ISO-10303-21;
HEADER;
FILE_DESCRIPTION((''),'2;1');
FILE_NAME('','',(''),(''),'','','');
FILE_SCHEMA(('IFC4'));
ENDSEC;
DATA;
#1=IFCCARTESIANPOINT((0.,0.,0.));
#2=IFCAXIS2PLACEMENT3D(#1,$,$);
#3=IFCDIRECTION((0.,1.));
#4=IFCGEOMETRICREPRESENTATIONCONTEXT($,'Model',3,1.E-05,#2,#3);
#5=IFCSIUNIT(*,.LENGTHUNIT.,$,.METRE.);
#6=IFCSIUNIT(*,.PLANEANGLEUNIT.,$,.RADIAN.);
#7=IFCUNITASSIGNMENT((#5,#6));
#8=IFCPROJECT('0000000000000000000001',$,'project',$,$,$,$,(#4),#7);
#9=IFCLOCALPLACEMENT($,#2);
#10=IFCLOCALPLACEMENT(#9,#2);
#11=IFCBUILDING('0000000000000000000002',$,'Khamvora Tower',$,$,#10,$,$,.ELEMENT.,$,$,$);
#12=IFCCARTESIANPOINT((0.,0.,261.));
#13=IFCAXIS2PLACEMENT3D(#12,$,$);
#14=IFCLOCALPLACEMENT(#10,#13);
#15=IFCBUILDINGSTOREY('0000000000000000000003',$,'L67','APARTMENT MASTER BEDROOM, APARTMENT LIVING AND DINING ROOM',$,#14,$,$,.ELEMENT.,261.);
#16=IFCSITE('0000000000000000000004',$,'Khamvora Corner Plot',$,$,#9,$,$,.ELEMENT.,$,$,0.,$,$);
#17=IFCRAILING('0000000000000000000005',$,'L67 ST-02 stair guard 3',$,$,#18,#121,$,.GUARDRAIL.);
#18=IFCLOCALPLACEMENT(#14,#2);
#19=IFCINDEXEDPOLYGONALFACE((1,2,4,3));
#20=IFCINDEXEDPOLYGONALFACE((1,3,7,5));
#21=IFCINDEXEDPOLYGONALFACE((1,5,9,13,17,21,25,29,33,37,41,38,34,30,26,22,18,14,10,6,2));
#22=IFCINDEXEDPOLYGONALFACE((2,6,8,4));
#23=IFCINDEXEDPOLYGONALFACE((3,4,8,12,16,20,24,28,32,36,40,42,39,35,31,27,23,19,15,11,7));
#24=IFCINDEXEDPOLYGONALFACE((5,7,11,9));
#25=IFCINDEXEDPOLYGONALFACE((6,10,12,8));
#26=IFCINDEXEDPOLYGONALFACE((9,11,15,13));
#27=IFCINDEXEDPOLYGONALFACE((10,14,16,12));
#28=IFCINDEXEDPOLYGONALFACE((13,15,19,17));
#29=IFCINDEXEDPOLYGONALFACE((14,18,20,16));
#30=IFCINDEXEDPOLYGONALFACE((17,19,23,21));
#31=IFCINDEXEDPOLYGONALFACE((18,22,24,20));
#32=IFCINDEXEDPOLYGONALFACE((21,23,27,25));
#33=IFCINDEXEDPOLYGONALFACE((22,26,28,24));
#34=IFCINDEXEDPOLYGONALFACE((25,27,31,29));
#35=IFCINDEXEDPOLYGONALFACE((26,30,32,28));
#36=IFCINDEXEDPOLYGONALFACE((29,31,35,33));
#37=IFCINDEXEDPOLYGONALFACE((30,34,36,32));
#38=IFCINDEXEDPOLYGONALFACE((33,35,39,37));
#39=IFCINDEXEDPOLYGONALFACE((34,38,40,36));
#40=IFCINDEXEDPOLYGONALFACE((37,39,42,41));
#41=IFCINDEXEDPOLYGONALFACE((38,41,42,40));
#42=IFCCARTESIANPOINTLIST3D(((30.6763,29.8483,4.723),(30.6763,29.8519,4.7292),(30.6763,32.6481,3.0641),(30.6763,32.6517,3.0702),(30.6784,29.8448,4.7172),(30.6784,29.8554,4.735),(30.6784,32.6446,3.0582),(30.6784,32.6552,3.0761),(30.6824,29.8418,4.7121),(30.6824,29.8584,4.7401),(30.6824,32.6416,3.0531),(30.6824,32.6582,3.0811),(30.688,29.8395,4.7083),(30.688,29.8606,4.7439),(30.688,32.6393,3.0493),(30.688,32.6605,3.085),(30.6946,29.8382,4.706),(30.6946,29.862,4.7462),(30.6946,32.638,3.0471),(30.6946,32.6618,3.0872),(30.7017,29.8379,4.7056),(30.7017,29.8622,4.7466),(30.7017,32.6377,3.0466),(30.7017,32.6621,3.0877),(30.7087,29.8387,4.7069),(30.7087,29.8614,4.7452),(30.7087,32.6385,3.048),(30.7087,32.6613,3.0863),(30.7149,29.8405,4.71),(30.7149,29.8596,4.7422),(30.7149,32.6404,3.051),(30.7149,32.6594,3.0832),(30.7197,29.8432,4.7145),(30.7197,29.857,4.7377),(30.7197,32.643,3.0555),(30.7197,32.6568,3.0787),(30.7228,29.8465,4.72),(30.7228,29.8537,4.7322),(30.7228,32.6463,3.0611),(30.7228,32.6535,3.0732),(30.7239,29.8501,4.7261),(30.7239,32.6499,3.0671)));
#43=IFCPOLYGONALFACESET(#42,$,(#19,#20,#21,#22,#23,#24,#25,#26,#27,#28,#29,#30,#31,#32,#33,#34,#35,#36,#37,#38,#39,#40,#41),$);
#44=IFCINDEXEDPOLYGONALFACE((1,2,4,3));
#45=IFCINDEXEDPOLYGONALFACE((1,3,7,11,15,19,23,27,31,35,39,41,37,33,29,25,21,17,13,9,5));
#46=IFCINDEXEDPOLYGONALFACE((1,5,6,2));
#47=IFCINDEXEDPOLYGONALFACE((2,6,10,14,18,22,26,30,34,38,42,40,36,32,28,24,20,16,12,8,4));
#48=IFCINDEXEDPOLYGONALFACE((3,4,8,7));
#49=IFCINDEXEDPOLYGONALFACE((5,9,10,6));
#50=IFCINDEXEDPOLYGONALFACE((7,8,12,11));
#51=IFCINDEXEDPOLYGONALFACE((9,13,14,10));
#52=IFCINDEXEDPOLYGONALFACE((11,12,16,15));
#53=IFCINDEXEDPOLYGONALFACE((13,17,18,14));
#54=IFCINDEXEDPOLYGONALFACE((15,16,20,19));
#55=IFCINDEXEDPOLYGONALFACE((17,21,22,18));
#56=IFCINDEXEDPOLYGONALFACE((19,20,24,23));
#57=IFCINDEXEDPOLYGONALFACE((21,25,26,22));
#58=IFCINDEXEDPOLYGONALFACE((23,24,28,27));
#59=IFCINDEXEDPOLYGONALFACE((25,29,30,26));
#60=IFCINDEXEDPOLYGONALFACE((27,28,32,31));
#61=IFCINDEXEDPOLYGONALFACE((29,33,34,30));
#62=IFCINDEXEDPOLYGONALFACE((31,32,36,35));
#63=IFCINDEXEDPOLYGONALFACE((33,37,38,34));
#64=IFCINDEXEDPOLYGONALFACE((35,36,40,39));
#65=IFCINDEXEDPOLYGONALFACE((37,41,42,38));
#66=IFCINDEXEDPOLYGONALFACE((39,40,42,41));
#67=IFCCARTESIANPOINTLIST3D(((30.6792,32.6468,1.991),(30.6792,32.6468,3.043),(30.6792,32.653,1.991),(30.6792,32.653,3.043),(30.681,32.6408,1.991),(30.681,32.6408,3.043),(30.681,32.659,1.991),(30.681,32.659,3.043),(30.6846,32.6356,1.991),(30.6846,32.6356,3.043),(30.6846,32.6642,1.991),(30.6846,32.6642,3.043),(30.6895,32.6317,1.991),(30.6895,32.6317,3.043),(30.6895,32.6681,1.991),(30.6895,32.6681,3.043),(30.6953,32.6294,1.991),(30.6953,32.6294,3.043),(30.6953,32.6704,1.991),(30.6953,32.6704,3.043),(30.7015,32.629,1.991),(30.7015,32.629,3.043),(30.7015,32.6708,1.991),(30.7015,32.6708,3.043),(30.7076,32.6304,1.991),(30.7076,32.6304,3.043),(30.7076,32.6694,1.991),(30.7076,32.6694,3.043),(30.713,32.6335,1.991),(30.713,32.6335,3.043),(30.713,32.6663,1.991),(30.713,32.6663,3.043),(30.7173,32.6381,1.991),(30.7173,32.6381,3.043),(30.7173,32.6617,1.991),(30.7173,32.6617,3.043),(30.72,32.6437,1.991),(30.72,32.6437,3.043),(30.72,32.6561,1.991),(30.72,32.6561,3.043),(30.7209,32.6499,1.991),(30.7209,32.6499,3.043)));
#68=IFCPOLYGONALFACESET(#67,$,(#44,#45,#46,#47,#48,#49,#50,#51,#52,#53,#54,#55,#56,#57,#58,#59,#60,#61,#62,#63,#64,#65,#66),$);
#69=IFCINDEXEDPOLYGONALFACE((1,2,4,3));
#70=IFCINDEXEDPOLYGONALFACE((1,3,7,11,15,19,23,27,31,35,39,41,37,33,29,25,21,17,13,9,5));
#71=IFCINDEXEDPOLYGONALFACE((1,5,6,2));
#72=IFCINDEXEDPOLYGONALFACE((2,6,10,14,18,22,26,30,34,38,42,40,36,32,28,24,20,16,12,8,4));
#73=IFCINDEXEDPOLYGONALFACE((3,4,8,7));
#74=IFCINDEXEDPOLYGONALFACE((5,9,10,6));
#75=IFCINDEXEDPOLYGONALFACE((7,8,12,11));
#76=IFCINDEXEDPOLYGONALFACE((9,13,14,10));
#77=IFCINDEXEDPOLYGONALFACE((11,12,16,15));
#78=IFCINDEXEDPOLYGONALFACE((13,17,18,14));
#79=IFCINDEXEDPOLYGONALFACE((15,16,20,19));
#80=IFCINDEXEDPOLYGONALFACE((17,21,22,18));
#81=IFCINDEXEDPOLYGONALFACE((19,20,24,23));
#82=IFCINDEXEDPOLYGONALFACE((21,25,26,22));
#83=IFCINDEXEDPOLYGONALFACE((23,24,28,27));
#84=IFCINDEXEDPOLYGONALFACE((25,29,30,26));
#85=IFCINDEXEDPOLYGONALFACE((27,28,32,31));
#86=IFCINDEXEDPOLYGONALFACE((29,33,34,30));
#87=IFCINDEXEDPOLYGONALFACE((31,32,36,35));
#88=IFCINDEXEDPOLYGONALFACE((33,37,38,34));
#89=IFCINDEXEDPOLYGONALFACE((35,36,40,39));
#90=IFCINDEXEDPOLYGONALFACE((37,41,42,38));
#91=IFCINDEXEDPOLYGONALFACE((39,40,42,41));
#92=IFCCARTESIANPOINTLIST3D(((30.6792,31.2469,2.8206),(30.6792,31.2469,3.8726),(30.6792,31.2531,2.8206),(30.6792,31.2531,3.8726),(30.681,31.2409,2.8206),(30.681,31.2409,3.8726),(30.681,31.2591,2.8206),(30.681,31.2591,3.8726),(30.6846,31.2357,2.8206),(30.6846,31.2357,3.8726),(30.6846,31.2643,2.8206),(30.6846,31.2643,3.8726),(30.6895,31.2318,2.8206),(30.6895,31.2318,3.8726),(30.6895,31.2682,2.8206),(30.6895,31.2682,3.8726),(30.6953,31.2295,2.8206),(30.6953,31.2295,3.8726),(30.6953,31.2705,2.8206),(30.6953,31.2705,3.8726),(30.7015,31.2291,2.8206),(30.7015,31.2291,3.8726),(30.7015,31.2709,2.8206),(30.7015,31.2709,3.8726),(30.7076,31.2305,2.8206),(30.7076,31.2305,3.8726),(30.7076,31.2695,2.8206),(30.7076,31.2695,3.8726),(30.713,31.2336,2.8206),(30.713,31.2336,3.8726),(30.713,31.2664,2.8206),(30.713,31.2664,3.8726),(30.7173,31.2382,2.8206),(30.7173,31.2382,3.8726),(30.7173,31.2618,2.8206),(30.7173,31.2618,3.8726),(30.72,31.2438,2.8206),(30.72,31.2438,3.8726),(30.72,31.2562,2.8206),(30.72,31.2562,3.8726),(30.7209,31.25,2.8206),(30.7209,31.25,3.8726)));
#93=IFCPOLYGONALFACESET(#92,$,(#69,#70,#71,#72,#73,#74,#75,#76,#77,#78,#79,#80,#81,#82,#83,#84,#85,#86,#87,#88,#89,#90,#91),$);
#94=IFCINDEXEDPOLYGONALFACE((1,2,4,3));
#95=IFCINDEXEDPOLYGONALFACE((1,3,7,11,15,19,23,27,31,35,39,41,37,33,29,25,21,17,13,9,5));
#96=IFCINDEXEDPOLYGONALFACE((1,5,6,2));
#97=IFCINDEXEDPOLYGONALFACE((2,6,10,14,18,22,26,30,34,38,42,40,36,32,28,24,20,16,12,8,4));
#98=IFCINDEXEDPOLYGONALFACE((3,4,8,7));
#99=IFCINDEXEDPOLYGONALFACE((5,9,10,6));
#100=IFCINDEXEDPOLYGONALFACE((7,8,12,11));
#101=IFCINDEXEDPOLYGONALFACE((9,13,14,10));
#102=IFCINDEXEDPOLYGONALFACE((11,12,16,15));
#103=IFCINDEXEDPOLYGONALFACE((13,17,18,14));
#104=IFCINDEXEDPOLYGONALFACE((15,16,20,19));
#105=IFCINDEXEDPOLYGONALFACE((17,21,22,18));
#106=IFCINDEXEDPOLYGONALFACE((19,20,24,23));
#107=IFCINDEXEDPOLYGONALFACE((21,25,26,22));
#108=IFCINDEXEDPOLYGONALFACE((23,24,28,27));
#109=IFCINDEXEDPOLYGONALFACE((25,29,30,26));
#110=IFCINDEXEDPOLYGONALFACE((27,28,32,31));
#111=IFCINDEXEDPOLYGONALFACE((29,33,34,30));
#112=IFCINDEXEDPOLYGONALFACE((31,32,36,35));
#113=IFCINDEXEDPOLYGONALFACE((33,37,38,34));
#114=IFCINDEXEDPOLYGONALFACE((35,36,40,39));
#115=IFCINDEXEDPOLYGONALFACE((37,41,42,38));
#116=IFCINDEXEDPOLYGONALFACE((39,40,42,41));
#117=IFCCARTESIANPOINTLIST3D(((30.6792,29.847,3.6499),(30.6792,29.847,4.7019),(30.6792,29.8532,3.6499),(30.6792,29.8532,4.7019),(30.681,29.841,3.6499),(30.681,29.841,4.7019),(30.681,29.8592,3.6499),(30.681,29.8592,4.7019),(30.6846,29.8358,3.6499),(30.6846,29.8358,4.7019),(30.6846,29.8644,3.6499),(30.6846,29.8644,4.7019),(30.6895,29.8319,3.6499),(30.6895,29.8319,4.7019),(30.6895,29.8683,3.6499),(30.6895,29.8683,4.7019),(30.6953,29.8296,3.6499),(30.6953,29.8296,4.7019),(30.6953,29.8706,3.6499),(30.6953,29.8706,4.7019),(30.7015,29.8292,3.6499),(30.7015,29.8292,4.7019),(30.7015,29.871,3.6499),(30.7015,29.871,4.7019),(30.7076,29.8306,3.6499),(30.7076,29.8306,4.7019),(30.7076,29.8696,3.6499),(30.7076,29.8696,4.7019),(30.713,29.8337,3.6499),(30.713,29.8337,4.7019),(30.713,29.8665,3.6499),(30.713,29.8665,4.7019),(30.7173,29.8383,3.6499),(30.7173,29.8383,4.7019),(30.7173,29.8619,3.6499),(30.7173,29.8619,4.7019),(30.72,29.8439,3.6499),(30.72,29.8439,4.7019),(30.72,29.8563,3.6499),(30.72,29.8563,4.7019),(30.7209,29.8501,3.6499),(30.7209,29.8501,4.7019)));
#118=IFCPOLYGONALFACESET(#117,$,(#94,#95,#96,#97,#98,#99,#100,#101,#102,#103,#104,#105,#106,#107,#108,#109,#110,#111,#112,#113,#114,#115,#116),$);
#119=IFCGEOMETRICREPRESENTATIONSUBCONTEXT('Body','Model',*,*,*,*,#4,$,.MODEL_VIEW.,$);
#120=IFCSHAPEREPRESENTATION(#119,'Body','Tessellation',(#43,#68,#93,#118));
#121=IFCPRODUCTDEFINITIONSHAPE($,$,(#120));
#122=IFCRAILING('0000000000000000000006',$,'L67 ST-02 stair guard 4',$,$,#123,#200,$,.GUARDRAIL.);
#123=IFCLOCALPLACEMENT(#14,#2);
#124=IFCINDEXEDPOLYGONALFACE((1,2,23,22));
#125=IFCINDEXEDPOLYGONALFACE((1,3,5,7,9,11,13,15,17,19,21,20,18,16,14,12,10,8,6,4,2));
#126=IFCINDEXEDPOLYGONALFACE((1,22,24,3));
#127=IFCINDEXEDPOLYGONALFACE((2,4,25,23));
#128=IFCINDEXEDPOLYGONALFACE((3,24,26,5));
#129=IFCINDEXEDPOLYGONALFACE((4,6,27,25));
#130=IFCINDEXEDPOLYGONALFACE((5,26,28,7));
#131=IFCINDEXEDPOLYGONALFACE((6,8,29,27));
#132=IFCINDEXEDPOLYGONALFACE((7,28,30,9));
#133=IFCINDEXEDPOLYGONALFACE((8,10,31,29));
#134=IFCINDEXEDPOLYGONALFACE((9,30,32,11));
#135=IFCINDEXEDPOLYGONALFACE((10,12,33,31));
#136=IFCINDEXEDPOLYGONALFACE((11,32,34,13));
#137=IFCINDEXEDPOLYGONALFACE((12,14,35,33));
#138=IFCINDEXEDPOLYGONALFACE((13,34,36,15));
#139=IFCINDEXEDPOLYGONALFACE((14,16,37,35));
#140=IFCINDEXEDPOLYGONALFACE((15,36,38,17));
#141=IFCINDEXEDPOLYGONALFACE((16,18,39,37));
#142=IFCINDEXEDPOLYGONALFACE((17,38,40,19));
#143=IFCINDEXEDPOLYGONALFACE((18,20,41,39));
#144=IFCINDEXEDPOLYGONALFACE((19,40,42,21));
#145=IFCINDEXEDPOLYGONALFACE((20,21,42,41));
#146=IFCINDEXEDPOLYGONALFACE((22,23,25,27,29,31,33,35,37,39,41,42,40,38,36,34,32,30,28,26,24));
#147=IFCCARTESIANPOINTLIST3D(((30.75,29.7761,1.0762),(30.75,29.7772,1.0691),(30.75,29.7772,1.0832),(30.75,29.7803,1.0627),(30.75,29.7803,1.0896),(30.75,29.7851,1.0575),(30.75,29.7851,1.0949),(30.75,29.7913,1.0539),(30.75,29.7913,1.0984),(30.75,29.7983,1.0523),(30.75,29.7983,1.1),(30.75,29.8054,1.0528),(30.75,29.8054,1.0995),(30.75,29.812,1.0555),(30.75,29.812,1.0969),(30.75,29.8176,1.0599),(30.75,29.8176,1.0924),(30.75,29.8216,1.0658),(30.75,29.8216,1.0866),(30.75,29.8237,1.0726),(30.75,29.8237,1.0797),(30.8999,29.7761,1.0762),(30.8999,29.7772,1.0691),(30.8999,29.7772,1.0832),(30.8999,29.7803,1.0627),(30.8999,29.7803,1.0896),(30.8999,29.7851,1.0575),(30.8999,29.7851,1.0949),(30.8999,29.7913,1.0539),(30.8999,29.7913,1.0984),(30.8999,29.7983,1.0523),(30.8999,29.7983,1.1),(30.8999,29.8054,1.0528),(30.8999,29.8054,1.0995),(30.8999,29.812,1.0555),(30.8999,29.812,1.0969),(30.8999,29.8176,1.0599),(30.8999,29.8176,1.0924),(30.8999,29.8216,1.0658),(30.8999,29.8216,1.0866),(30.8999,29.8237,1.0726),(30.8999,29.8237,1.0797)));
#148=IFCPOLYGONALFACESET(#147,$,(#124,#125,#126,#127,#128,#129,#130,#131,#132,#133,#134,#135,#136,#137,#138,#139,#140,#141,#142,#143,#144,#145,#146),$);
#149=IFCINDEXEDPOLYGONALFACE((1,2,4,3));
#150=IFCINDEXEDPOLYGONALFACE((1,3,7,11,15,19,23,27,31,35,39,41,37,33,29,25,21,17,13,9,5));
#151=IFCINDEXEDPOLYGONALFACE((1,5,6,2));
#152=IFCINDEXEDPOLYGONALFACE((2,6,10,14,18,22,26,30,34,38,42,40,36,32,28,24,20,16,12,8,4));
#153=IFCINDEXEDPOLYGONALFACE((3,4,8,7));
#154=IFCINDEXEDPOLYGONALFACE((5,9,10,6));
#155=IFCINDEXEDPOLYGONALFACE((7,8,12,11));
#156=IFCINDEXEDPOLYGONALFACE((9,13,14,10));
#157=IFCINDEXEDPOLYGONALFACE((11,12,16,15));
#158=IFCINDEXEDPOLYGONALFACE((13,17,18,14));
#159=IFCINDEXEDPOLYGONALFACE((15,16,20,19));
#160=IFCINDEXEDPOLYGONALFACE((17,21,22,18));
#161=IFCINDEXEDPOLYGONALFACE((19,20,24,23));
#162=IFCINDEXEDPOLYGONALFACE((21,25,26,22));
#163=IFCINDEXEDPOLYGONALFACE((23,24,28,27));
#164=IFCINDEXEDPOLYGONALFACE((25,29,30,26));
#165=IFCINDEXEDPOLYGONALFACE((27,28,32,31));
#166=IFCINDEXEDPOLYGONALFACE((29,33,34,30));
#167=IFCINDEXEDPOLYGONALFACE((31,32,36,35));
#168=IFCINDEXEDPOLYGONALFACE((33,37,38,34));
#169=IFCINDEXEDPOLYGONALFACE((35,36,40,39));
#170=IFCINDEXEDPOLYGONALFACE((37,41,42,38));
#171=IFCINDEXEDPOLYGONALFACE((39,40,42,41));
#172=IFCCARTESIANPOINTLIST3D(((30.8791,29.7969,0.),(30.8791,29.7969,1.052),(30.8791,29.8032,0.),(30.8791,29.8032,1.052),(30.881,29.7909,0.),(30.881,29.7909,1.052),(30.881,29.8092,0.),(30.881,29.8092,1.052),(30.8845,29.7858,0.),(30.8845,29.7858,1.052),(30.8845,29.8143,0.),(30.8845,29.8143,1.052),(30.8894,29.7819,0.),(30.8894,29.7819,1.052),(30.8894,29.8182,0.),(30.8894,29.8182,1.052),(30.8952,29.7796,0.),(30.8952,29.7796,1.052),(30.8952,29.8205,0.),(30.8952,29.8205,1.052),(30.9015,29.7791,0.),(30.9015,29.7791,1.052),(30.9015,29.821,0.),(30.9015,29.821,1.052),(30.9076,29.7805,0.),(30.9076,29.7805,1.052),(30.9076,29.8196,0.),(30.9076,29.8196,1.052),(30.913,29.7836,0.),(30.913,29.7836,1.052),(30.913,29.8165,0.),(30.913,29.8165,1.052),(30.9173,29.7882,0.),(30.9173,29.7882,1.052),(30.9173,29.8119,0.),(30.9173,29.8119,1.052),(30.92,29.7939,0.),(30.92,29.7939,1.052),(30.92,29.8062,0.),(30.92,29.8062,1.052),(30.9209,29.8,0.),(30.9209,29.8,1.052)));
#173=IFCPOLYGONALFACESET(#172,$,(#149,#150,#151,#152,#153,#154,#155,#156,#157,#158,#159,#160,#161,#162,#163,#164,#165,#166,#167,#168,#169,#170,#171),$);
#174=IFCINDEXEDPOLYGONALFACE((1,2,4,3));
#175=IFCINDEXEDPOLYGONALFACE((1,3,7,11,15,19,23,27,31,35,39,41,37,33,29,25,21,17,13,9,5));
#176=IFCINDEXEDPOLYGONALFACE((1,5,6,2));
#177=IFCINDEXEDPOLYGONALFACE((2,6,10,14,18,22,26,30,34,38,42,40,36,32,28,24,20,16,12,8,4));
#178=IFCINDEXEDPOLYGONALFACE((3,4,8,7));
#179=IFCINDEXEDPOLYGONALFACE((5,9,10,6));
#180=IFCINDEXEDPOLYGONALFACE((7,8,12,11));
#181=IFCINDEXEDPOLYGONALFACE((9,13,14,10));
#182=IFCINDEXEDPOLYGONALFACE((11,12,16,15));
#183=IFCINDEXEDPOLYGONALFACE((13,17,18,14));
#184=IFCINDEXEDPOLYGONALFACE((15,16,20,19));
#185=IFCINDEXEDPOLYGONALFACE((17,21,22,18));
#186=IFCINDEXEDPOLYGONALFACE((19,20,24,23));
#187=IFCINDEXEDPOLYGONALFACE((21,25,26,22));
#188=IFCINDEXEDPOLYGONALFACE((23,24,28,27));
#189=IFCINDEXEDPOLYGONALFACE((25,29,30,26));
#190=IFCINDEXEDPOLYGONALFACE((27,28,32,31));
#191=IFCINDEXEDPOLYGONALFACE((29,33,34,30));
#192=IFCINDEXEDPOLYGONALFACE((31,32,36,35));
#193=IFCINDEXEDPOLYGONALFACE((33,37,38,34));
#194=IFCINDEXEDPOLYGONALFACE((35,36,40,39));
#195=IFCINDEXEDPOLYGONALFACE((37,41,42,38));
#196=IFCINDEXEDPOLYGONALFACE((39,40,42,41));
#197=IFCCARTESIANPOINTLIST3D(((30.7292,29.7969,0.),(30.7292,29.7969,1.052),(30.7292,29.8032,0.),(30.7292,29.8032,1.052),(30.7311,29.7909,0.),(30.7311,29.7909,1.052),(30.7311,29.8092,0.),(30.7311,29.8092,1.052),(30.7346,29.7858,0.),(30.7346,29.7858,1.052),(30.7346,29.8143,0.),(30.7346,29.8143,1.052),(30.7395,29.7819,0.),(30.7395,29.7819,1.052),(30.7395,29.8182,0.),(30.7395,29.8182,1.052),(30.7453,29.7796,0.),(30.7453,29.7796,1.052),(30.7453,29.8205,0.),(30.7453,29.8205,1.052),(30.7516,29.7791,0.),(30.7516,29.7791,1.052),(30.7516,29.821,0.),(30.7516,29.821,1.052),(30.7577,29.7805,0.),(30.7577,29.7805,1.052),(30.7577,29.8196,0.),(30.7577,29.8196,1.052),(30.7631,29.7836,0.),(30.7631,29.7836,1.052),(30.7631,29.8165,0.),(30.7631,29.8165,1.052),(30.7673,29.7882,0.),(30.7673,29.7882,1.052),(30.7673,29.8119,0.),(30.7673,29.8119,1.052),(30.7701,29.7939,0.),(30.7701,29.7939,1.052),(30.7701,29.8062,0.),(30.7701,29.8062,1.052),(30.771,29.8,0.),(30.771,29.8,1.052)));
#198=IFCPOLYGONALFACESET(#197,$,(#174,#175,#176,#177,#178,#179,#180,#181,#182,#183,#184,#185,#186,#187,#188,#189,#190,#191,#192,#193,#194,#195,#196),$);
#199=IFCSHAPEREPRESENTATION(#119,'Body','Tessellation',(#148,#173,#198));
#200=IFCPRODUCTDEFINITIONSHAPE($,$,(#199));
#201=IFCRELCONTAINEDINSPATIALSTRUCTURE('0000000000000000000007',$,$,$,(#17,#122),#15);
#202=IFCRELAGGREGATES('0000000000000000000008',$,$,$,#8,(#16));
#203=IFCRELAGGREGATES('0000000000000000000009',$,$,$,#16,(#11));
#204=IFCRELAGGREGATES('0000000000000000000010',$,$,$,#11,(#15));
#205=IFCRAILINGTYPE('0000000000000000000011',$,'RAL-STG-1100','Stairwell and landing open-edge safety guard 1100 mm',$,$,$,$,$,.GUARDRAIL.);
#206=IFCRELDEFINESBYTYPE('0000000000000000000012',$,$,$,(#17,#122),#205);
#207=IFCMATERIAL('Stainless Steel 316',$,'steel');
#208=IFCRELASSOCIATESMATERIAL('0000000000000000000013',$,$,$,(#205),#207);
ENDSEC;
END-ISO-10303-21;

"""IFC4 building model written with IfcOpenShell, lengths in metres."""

from ifc_helpers import new_model, si_unit, direction, frame, origin, origin_2d, place, context, subcontext, project, spatial, circle, extrude, material, type_object, element, save


model = new_model("IFC4")

# Units and contexts
model_context = context("Model", 3, precision=1e-05, world=origin(), true_north=direction((0.0, 1.0)))
body_context = subcontext(model_context, "Body", "Model", "MODEL_VIEW")
ifc_project = project(units=[si_unit("LENGTHUNIT", "METRE"), si_unit("PLANEANGLEUNIT", "RADIAN")], contexts=[model_context])

# Site, building, storey
site_placement = place(None, origin())
site = spatial("IfcSite", under=ifc_project, at=site_placement, Name="Khamvora Corner Plot", CompositionType="ELEMENT", RefElevation=0.0)
building_placement = place(site_placement, origin())
building = spatial("IfcBuilding", under=site, at=building_placement, Name="Khamvora Tower", CompositionType="ELEMENT")
storey_placement = place(building_placement, frame((0.0, 0.0, 261.0)))
storey = spatial("IfcBuildingStorey", under=building, at=storey_placement, Name="L67", Description="APARTMENT MASTER BEDROOM, APARTMENT LIVING AND DINING ROOM", CompositionType="ELEMENT", Elevation=261.0)

# Railings
ifc_material_1 = material(Name="Stainless Steel 316", Category="steel")
railing_type_1 = type_object("IfcRailingType", Name="RAL-STG-1100", Description="Stairwell and landing open-edge safety guard 1100 mm", PredefinedType="GUARDRAIL", material=ifc_material_1)
railing_1_placement = place(storey_placement, frame((30.7, 32.6499, 1.991)))
element("IfcRailing", 1, at=railing_1_placement, inside=storey, type_object=railing_type_1, Name="L67 ST-02 stair guard 3", PredefinedType="GUARDRAIL", context=body_context, shape_type="SweptSolid", body=[
    extrude(circle(Radius=0.0239, at=origin_2d()), frame((0.0, 0.0, 1.0762), z_axis=(0.0, -0.86032, 0.509755), x_axis=(1.0, 0.0, 0.0)), (0.0, 0.0, 1.0), 3.2544),
    extrude(circle(Radius=0.021, at=origin_2d()), origin(), (0.0, 0.0, 1.0), 1.052),
    extrude(circle(Radius=0.021, at=origin_2d()), frame((0.0, -1.3999, 0.8296)), (0.0, 0.0, 1.0), 1.052),
    extrude(circle(Radius=0.021, at=origin_2d()), frame((0.0, -2.7998, 1.6589)), (0.0, 0.0, 1.0), 1.052),
])
railing_2_placement = place(storey_placement, frame((30.8999, 29.8, 0.0)))
element("IfcRailing", 2, at=railing_2_placement, inside=storey, type_object=railing_type_1, Name="L67 ST-02 stair guard 4", PredefinedType="GUARDRAIL", context=body_context, shape_type="SweptSolid", body=[
    extrude(circle(Radius=0.0239, at=origin_2d()), frame((0.0, 0.0, 1.0762), z_axis=(-1.0, 0.0, 0.0), x_axis=(0.0, -1.0, 0.0)), (0.0, 0.0, 1.0), 0.1499),
    extrude(circle(Radius=0.021, at=origin_2d()), origin(), (0.0, 0.0, 1.0), 1.052),
    extrude(circle(Radius=0.021, at=origin_2d()), frame((-0.1499, 0.0, 0.0)), (0.0, 0.0, 1.0), 1.052),
])

save(model, "model.ifc")
